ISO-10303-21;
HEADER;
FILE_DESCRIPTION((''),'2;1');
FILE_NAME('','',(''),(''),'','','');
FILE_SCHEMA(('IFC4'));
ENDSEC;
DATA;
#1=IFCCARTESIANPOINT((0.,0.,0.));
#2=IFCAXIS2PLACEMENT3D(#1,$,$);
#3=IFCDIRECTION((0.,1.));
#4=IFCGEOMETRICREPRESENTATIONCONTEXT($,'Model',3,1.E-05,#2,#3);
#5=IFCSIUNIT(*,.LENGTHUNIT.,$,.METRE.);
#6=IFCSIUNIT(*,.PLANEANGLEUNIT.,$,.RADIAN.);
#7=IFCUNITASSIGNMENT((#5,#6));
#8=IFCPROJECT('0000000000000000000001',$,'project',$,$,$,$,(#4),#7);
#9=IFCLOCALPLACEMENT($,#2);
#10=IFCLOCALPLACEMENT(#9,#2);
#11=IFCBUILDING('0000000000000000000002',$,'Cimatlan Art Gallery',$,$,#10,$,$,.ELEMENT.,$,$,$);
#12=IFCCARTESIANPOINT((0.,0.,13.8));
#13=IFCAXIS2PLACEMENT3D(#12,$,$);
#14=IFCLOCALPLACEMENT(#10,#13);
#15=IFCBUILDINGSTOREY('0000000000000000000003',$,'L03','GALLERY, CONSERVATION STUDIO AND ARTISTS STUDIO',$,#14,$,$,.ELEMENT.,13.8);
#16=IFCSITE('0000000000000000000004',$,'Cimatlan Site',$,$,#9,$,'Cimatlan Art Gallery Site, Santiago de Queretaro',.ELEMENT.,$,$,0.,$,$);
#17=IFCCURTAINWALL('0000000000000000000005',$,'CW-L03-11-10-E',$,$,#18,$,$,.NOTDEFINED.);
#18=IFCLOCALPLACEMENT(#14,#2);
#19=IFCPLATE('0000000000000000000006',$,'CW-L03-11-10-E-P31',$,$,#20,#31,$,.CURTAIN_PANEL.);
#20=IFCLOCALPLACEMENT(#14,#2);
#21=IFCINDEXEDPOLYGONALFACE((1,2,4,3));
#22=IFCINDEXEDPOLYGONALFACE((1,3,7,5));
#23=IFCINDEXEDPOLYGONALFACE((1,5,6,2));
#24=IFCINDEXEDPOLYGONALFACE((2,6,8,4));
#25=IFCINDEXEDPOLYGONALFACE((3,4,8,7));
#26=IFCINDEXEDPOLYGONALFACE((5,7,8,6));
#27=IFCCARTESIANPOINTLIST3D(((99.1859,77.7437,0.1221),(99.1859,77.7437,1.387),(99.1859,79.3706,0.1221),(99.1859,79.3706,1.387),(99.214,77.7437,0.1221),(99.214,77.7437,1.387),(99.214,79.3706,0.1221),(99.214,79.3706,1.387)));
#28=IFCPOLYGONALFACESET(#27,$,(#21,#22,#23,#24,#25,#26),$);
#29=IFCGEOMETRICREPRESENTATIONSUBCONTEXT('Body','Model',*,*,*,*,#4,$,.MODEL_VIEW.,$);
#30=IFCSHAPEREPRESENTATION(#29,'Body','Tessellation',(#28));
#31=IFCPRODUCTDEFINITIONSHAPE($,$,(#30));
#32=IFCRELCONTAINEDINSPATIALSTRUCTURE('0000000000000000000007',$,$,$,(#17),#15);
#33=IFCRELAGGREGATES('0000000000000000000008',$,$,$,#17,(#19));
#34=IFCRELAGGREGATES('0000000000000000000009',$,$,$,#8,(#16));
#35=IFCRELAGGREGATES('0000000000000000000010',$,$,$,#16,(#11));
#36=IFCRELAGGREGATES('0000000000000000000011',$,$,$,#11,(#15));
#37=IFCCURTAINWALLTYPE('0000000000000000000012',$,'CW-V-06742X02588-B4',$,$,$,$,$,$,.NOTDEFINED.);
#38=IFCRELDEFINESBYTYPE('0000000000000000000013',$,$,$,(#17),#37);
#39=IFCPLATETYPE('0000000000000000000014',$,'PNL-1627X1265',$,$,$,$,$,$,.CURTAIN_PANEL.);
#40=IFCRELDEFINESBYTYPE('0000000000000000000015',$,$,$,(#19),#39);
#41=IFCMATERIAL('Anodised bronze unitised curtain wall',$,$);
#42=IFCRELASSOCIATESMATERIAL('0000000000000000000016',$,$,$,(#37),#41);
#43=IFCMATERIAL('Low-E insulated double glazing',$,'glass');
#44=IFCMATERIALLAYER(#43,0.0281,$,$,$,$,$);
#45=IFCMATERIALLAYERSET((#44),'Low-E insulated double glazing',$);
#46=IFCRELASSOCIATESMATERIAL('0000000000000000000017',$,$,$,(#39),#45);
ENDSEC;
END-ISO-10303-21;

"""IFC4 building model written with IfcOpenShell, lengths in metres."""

from ifc_helpers import new_model, si_unit, direction, frame, origin, origin_2d, place, context, subcontext, project, spatial, rectangle, extrude, material, layer, layer_set, type_object, element, aggregate, save


model = new_model("IFC4")

# Units and contexts
model_context = context("Model", 3, precision=1e-05, world=origin(), true_north=direction((0.0, 1.0)))
body_context = subcontext(model_context, "Body", "Model", "MODEL_VIEW")
ifc_project = project(units=[si_unit("LENGTHUNIT", "METRE"), si_unit("PLANEANGLEUNIT", "RADIAN")], contexts=[model_context])

# Site, building, storey
site_placement = place(None, origin())
site = spatial("IfcSite", under=ifc_project, at=site_placement, Name="Cimatlan Site", LongName="Cimatlan Art Gallery Site, Santiago de Queretaro", CompositionType="ELEMENT", RefElevation=0.0)
building_placement = place(site_placement, origin())
building = spatial("IfcBuilding", under=site, at=building_placement, Name="Cimatlan Art Gallery", CompositionType="ELEMENT")
storey_placement = place(building_placement, frame((0.0, 0.0, 13.8)))
storey = spatial("IfcBuildingStorey", under=building, at=storey_placement, Name="L03", Description="GALLERY, CONSERVATION STUDIO AND ARTISTS STUDIO", CompositionType="ELEMENT", Elevation=13.8)

# Curtain wall, plate
ifc_material_1 = material(Name="Anodised bronze unitised curtain wall")
curtain_wall_type = type_object("IfcCurtainWallType", Name="CW-V-06742X02588-B4", PredefinedType="NOTDEFINED", material=ifc_material_1)
curtain_wall_placement = place(storey_placement, origin())
curtain_wall = element("IfcCurtainWall", 1, at=curtain_wall_placement, inside=storey, type_object=curtain_wall_type, Name="CW-L03-11-10-E", PredefinedType="NOTDEFINED")
ifc_material_2 = material(Name="Low-E insulated double glazing", Category="glass")
ifc_layer_1 = layer(ifc_material_2, 0.0281)
ifc_layer_set_1 = layer_set([ifc_layer_1], Name="Low-E insulated double glazing")
plate_type_1 = type_object("IfcPlateType", Name="PNL-1627X1265", PredefinedType="CURTAIN_PANEL", material=ifc_layer_set_1)
plate_1_placement = place(storey_placement, frame((99.2, 78.5571, 0.1221), z_axis=(0.0, 0.0, 1.0), x_axis=(0.0, -1.0, 0.0)))
plate_1 = element("IfcPlate", 2, at=plate_1_placement, type_object=plate_type_1, Name="CW-L03-11-10-E-P31", PredefinedType="CURTAIN_PANEL", context=body_context, shape_type="SweptSolid", body=[
    extrude(rectangle(XDim=1.627, YDim=0.0281, at=origin_2d()), origin(), (0.0, 0.0, 1.0), 1.2649),
])
aggregate(curtain_wall, [plate_1])

save(model, "model.ifc")
